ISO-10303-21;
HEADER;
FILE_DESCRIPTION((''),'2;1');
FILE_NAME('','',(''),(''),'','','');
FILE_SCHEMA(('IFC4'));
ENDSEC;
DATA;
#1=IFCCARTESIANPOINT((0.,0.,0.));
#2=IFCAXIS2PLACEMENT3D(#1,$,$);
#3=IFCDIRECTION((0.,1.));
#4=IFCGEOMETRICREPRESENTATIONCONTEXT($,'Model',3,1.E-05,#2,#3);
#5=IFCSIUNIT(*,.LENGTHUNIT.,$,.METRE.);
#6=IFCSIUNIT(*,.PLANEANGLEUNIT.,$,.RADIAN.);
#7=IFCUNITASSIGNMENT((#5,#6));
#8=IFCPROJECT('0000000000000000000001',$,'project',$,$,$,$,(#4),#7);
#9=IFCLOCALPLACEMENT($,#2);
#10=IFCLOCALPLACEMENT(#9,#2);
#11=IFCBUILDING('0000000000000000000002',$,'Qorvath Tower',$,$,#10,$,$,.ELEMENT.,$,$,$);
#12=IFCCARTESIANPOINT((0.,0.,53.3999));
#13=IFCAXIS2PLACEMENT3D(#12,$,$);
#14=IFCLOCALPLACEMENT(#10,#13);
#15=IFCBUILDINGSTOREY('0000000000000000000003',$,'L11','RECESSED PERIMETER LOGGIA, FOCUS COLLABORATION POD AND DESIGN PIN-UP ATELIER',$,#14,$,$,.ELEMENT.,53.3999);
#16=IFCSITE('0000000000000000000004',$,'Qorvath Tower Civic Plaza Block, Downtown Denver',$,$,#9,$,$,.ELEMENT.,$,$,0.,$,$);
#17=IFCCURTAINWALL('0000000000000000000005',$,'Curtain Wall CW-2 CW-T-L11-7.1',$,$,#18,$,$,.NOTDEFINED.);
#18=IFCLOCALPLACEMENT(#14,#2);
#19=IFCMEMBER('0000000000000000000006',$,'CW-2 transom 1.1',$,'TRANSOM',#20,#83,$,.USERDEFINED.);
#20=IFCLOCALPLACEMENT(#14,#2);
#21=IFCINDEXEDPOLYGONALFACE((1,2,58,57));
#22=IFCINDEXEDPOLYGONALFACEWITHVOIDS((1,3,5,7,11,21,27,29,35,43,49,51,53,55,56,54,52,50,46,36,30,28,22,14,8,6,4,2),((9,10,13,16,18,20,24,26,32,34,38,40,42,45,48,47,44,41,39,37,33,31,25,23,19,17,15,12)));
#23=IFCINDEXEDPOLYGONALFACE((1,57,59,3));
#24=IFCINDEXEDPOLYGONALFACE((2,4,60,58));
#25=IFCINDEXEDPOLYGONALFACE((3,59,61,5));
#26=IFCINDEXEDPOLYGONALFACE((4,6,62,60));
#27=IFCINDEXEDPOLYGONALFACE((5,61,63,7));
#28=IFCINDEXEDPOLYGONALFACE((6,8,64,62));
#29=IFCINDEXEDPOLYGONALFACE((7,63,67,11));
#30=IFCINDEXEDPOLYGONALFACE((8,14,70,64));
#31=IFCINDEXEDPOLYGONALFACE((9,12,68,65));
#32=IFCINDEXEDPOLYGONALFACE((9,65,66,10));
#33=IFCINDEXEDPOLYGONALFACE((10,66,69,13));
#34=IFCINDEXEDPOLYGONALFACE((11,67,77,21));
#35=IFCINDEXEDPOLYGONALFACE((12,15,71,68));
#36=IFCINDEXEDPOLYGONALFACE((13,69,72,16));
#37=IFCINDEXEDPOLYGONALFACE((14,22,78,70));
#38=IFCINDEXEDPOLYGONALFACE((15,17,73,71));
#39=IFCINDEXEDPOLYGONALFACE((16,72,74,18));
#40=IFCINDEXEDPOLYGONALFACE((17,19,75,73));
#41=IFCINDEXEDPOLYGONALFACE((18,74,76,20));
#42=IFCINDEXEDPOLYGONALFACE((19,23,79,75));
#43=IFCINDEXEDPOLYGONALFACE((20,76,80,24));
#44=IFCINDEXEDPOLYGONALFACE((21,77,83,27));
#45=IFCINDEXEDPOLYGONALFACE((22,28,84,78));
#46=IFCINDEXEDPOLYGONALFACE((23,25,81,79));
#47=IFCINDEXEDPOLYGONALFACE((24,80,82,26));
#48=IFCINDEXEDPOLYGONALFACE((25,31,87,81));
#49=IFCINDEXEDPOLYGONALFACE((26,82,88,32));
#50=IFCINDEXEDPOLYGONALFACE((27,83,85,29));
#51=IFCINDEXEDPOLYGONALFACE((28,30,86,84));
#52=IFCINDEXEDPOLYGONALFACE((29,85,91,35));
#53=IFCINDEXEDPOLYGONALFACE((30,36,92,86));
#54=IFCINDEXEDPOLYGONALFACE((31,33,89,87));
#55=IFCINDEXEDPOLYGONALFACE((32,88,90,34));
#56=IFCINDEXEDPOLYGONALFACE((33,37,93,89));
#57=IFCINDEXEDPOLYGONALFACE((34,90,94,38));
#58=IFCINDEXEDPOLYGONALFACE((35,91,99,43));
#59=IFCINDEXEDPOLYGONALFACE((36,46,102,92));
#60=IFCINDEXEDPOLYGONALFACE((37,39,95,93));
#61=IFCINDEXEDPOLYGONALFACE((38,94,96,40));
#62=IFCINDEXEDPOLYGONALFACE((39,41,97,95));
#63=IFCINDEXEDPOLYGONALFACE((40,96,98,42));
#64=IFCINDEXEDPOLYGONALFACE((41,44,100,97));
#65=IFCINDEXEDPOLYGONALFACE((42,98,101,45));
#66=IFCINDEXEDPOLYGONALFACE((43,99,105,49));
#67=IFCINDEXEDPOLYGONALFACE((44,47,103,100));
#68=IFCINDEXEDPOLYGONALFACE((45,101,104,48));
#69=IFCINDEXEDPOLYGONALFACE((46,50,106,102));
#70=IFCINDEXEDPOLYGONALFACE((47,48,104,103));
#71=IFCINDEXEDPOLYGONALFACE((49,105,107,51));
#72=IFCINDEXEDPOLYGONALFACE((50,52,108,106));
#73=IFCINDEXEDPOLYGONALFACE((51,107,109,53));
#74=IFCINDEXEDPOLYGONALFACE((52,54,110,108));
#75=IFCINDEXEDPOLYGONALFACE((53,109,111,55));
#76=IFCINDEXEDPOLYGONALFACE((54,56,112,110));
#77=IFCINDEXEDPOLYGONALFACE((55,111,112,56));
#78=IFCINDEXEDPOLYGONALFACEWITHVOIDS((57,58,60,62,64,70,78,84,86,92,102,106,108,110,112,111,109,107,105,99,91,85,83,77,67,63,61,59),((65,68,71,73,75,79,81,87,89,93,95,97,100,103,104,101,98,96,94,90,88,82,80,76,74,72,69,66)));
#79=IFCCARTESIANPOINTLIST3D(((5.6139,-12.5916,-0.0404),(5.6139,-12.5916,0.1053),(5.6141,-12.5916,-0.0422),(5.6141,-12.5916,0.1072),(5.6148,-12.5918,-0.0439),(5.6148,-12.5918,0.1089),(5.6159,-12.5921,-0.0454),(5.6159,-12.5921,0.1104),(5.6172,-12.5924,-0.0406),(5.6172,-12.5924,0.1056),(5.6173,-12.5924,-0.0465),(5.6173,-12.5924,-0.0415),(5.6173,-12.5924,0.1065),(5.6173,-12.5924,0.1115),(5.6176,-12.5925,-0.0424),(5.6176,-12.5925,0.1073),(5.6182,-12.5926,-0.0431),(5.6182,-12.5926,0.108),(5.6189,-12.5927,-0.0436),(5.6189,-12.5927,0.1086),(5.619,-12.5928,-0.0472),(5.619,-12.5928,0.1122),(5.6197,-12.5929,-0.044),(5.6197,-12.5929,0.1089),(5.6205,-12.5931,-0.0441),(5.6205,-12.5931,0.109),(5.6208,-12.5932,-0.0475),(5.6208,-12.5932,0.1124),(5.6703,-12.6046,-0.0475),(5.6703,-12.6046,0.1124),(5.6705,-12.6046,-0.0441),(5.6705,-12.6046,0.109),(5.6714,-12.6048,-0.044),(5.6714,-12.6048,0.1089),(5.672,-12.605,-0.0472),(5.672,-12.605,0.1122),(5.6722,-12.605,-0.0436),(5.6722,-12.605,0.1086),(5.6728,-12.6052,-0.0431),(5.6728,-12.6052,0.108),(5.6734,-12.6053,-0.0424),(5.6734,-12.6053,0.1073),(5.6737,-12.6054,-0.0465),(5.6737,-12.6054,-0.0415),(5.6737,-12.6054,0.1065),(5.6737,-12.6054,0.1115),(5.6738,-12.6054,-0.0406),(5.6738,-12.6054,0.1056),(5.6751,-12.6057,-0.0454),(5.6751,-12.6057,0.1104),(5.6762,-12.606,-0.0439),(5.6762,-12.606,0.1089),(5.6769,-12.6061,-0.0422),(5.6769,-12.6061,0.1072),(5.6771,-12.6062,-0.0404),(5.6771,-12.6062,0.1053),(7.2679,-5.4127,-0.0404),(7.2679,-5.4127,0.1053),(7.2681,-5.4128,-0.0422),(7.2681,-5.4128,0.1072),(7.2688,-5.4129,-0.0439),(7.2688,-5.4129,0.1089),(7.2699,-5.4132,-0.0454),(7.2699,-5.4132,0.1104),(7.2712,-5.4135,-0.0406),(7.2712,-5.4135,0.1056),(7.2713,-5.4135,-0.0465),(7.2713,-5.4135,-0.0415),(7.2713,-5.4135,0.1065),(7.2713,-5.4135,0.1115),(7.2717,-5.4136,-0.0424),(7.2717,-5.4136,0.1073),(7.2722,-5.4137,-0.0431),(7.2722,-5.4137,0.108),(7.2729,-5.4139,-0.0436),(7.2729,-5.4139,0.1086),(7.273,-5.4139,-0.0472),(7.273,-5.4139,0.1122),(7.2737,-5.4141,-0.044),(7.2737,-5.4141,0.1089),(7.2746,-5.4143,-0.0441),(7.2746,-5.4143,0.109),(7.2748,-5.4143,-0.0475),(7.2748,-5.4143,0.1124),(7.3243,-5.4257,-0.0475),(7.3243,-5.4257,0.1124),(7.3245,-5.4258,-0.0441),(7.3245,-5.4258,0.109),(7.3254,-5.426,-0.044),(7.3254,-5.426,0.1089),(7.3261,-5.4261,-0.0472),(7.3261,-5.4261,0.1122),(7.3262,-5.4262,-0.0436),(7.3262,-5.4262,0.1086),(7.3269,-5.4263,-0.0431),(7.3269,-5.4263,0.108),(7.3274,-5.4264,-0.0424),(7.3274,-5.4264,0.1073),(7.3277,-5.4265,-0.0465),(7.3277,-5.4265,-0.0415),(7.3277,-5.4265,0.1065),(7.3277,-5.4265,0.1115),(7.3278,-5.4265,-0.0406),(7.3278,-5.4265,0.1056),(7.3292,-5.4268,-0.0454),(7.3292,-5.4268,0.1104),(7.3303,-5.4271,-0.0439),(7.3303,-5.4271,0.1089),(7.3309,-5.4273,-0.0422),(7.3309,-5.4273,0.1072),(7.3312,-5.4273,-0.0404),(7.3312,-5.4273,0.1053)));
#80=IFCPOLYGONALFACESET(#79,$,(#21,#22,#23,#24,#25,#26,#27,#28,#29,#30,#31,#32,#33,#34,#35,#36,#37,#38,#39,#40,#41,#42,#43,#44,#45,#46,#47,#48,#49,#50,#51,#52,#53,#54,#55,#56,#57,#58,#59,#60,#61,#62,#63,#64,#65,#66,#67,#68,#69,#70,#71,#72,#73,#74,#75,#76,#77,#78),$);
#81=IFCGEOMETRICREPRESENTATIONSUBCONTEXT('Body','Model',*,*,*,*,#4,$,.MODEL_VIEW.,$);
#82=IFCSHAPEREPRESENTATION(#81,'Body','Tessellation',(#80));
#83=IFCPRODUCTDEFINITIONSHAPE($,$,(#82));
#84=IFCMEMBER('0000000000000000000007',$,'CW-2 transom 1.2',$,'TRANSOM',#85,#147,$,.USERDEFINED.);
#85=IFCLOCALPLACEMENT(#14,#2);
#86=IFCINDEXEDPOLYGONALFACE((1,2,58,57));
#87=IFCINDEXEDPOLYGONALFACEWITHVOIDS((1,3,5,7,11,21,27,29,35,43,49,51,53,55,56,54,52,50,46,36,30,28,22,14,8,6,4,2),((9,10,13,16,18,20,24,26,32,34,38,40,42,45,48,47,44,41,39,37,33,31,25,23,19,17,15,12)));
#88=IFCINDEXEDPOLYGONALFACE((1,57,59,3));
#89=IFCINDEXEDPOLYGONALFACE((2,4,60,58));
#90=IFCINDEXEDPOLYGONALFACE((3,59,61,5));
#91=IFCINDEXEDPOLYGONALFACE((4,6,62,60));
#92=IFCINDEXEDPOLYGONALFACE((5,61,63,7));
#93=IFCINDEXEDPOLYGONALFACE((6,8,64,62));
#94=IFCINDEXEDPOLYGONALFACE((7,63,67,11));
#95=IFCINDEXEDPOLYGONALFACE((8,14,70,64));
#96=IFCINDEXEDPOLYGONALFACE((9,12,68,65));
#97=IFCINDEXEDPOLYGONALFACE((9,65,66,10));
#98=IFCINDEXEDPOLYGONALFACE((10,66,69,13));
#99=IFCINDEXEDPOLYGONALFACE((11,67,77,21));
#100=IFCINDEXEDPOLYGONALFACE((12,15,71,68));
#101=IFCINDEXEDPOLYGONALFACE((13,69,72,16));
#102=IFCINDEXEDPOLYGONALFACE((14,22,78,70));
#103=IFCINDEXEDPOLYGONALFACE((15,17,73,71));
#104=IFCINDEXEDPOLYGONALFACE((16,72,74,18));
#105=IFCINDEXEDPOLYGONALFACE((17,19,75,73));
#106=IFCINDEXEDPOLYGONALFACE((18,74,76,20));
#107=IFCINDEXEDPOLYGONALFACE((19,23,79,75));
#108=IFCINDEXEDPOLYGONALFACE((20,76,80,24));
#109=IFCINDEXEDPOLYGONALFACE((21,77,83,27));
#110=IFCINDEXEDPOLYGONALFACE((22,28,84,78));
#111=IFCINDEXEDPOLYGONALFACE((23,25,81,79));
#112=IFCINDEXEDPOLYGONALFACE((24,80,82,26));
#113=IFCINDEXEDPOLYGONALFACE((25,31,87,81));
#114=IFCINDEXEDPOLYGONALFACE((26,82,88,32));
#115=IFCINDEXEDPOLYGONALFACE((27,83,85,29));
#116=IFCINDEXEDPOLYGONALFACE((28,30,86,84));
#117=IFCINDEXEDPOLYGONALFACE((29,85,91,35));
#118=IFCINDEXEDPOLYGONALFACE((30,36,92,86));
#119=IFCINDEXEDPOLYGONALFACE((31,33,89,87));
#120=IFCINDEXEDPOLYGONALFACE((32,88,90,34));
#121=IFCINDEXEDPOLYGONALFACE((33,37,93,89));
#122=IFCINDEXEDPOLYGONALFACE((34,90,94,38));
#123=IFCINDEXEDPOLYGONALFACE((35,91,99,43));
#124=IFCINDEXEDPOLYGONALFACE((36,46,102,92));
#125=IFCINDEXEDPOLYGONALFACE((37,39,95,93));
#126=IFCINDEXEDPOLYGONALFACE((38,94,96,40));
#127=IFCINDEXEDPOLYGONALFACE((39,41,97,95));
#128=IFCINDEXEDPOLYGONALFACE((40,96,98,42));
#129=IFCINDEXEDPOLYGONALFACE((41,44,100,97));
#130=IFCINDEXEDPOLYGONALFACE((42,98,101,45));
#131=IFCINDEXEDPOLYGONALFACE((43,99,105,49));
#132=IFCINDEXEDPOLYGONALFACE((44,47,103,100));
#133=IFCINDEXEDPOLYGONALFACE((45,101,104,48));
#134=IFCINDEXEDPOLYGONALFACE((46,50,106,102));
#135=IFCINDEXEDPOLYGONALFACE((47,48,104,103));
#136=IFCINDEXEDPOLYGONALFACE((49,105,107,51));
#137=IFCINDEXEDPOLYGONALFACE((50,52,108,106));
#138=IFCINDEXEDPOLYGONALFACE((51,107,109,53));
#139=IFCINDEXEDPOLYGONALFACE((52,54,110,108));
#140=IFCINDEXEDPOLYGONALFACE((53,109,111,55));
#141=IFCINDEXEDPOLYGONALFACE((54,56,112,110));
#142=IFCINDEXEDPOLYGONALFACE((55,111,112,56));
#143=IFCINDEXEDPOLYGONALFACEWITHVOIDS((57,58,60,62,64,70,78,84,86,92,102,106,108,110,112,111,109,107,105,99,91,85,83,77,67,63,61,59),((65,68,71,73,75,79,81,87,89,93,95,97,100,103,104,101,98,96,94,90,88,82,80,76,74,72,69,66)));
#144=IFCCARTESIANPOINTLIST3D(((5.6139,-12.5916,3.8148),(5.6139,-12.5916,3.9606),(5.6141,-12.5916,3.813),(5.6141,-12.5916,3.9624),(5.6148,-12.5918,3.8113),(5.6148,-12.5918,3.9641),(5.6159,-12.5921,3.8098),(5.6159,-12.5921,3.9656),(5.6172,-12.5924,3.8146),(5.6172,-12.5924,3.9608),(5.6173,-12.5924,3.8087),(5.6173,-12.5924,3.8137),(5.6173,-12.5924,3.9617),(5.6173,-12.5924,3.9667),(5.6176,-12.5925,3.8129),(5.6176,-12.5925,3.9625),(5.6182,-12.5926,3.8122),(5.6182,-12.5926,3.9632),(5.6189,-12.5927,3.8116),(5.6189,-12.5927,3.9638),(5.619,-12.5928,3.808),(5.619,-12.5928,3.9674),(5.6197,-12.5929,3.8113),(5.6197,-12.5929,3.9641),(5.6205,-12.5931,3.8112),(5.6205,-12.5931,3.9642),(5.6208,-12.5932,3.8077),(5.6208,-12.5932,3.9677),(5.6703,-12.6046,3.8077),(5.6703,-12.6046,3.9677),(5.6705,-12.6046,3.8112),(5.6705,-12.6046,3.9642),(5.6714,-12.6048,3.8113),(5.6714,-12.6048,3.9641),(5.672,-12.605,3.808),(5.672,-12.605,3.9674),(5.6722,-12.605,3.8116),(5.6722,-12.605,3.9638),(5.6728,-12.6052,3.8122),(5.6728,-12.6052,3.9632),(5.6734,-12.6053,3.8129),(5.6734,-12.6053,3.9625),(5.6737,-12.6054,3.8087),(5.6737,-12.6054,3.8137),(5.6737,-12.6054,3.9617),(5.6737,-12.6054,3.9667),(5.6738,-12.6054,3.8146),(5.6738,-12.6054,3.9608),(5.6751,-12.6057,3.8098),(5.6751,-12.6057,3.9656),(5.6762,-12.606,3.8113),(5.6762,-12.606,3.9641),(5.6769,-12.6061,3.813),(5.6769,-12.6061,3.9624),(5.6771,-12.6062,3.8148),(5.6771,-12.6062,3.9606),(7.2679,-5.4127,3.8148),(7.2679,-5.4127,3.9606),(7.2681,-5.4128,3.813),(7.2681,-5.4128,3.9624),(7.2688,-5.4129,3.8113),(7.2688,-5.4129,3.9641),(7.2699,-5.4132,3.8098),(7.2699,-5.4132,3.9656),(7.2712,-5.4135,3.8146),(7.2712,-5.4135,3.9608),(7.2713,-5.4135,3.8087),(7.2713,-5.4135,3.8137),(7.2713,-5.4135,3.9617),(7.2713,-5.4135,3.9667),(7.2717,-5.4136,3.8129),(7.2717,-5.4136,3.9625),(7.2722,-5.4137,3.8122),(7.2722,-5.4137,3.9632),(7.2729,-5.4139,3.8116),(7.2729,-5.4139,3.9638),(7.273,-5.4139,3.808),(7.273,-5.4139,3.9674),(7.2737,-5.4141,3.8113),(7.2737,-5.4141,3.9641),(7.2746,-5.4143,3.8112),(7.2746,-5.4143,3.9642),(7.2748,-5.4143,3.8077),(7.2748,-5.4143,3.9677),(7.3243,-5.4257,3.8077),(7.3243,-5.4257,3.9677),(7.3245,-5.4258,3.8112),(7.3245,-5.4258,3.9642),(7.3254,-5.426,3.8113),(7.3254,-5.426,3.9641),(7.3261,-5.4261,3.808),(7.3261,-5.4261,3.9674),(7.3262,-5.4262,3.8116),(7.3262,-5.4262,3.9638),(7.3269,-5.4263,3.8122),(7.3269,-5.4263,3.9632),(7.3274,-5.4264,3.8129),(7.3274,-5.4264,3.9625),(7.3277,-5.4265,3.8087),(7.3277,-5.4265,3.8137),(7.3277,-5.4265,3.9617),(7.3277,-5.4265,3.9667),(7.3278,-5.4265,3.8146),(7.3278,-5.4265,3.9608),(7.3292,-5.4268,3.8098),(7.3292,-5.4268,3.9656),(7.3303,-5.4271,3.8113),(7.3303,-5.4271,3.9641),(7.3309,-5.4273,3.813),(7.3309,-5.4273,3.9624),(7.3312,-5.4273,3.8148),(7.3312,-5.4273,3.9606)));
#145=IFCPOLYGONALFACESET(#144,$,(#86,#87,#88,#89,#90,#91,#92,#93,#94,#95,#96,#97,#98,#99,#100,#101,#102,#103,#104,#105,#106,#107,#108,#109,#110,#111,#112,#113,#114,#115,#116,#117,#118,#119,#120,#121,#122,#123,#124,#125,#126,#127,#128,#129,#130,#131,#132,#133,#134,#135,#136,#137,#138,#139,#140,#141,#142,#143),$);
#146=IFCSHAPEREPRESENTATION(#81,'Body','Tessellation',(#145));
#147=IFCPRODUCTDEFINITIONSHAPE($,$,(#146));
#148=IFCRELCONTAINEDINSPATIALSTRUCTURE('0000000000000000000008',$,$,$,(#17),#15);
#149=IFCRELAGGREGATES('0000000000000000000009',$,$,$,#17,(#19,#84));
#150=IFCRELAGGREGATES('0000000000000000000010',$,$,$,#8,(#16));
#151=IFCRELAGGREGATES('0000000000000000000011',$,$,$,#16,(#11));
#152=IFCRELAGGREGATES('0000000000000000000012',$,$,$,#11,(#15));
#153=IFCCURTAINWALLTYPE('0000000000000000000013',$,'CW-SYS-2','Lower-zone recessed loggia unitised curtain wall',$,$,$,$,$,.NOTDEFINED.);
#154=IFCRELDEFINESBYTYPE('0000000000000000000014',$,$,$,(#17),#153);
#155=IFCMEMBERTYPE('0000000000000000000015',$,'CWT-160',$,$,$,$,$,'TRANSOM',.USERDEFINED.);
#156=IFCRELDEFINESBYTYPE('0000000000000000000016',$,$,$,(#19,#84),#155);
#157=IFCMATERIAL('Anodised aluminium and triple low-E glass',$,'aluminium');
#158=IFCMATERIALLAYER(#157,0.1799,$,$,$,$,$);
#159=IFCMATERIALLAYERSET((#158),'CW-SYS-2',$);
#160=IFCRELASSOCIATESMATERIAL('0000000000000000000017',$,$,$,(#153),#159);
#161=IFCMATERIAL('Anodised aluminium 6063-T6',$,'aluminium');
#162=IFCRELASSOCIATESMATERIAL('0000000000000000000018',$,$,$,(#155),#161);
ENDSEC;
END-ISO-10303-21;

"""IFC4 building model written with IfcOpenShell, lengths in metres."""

from ifc_helpers import new_model, si_unit, direction, frame, origin, origin_2d, place, context, subcontext, project, spatial, hollow_rectangle, extrude, material, layer, layer_set, material_profile, profile_set, type_object, element, aggregate, save


model = new_model("IFC4")

# Units and contexts
model_context = context("Model", 3, precision=1e-05, world=origin(), true_north=direction((0.0, 1.0)))
body_context = subcontext(model_context, "Body", "Model", "MODEL_VIEW")
ifc_project = project(units=[si_unit("LENGTHUNIT", "METRE"), si_unit("PLANEANGLEUNIT", "RADIAN")], contexts=[model_context])

# Site, building, storey
site_placement = place(None, origin())
site = spatial("IfcSite", under=ifc_project, at=site_placement, Name="Qorvath Tower Civic Plaza Block, Downtown Denver", CompositionType="ELEMENT", RefElevation=0.0)
building_placement = place(site_placement, origin())
building = spatial("IfcBuilding", under=site, at=building_placement, Name="Qorvath Tower", CompositionType="ELEMENT")
storey_placement = place(building_placement, frame((0.0, 0.0, 53.3999)))
storey = spatial("IfcBuildingStorey", under=building, at=storey_placement, Name="L11", Description="RECESSED PERIMETER LOGGIA, FOCUS COLLABORATION POD AND DESIGN PIN-UP ATELIER", CompositionType="ELEMENT", Elevation=53.3999)

# Curtain wall
ifc_material_1 = material(Name="Anodised aluminium and triple low-E glass", Category="aluminium")
ifc_layer_1 = layer(ifc_material_1, 0.1799)
ifc_layer_set_1 = layer_set([ifc_layer_1], Name="CW-SYS-2")
curtain_wall_type = type_object("IfcCurtainWallType", Name="CW-SYS-2", Description="Lower-zone recessed loggia unitised curtain wall", PredefinedType="NOTDEFINED", material=ifc_layer_set_1)
curtain_wall_1_placement = place(storey_placement, origin())
curtain_wall_1 = element("IfcCurtainWall", 1, at=curtain_wall_1_placement, inside=storey, type_object=curtain_wall_type, Name="Curtain Wall CW-2 CW-T-L11-7.1", PredefinedType="NOTDEFINED")

# Members
ifc_material_2 = material(Name="Anodised aluminium 6063-T6", Category="aluminium")
ifc_material_profile_1 = material_profile(ifc_material_2, hollow_rectangle(XDim=0.0649, YDim=0.1599, WallThickness=0.0034, InnerFilletRadius=0.0034, OuterFilletRadius=0.0071, at=origin_2d()), Name="CWT 160x65")
ifc_profile_set_1 = profile_set([ifc_material_profile_1], Name="Anodised aluminium 6063-T6")
member_type_1 = type_object("IfcMemberType", Name="CWT-160", ElementType="TRANSOM", PredefinedType="USERDEFINED", material=ifc_profile_set_1)
member_1_placement = place(storey_placement, frame((5.6455, -12.5989, 0.0325), z_axis=(0.224521, 0.974469, 0.0), x_axis=(-0.974469, 0.224521, 0.0)))
member_1 = element("IfcMember", 2, at=member_1_placement, type_object=member_type_1, Name="CW-2 transom 1.1", ObjectType="TRANSOM", PredefinedType="USERDEFINED", context=body_context, shape_type="SweptSolid", body=[
    extrude(hollow_rectangle(XDim=0.0649, YDim=0.1599, WallThickness=0.0034, InnerFilletRadius=0.0034, OuterFilletRadius=0.0071, at=origin_2d()), origin(), (0.0, 0.0, 1.0), 7.3669),
])
member_2_placement = place(storey_placement, frame((5.6455, -12.5989, 3.8877), z_axis=(0.224521, 0.974469, 0.0), x_axis=(-0.974469, 0.224521, 0.0)))
member_2 = element("IfcMember", 3, at=member_2_placement, type_object=member_type_1, Name="CW-2 transom 1.2", ObjectType="TRANSOM", PredefinedType="USERDEFINED", context=body_context, shape_type="SweptSolid", body=[
    extrude(hollow_rectangle(XDim=0.0649, YDim=0.1599, WallThickness=0.0034, InnerFilletRadius=0.0034, OuterFilletRadius=0.0071, at=origin_2d()), origin(), (0.0, 0.0, 1.0), 7.3669),
])

aggregate(curtain_wall_1, [member_1, member_2])

save(model, "model.ifc")
